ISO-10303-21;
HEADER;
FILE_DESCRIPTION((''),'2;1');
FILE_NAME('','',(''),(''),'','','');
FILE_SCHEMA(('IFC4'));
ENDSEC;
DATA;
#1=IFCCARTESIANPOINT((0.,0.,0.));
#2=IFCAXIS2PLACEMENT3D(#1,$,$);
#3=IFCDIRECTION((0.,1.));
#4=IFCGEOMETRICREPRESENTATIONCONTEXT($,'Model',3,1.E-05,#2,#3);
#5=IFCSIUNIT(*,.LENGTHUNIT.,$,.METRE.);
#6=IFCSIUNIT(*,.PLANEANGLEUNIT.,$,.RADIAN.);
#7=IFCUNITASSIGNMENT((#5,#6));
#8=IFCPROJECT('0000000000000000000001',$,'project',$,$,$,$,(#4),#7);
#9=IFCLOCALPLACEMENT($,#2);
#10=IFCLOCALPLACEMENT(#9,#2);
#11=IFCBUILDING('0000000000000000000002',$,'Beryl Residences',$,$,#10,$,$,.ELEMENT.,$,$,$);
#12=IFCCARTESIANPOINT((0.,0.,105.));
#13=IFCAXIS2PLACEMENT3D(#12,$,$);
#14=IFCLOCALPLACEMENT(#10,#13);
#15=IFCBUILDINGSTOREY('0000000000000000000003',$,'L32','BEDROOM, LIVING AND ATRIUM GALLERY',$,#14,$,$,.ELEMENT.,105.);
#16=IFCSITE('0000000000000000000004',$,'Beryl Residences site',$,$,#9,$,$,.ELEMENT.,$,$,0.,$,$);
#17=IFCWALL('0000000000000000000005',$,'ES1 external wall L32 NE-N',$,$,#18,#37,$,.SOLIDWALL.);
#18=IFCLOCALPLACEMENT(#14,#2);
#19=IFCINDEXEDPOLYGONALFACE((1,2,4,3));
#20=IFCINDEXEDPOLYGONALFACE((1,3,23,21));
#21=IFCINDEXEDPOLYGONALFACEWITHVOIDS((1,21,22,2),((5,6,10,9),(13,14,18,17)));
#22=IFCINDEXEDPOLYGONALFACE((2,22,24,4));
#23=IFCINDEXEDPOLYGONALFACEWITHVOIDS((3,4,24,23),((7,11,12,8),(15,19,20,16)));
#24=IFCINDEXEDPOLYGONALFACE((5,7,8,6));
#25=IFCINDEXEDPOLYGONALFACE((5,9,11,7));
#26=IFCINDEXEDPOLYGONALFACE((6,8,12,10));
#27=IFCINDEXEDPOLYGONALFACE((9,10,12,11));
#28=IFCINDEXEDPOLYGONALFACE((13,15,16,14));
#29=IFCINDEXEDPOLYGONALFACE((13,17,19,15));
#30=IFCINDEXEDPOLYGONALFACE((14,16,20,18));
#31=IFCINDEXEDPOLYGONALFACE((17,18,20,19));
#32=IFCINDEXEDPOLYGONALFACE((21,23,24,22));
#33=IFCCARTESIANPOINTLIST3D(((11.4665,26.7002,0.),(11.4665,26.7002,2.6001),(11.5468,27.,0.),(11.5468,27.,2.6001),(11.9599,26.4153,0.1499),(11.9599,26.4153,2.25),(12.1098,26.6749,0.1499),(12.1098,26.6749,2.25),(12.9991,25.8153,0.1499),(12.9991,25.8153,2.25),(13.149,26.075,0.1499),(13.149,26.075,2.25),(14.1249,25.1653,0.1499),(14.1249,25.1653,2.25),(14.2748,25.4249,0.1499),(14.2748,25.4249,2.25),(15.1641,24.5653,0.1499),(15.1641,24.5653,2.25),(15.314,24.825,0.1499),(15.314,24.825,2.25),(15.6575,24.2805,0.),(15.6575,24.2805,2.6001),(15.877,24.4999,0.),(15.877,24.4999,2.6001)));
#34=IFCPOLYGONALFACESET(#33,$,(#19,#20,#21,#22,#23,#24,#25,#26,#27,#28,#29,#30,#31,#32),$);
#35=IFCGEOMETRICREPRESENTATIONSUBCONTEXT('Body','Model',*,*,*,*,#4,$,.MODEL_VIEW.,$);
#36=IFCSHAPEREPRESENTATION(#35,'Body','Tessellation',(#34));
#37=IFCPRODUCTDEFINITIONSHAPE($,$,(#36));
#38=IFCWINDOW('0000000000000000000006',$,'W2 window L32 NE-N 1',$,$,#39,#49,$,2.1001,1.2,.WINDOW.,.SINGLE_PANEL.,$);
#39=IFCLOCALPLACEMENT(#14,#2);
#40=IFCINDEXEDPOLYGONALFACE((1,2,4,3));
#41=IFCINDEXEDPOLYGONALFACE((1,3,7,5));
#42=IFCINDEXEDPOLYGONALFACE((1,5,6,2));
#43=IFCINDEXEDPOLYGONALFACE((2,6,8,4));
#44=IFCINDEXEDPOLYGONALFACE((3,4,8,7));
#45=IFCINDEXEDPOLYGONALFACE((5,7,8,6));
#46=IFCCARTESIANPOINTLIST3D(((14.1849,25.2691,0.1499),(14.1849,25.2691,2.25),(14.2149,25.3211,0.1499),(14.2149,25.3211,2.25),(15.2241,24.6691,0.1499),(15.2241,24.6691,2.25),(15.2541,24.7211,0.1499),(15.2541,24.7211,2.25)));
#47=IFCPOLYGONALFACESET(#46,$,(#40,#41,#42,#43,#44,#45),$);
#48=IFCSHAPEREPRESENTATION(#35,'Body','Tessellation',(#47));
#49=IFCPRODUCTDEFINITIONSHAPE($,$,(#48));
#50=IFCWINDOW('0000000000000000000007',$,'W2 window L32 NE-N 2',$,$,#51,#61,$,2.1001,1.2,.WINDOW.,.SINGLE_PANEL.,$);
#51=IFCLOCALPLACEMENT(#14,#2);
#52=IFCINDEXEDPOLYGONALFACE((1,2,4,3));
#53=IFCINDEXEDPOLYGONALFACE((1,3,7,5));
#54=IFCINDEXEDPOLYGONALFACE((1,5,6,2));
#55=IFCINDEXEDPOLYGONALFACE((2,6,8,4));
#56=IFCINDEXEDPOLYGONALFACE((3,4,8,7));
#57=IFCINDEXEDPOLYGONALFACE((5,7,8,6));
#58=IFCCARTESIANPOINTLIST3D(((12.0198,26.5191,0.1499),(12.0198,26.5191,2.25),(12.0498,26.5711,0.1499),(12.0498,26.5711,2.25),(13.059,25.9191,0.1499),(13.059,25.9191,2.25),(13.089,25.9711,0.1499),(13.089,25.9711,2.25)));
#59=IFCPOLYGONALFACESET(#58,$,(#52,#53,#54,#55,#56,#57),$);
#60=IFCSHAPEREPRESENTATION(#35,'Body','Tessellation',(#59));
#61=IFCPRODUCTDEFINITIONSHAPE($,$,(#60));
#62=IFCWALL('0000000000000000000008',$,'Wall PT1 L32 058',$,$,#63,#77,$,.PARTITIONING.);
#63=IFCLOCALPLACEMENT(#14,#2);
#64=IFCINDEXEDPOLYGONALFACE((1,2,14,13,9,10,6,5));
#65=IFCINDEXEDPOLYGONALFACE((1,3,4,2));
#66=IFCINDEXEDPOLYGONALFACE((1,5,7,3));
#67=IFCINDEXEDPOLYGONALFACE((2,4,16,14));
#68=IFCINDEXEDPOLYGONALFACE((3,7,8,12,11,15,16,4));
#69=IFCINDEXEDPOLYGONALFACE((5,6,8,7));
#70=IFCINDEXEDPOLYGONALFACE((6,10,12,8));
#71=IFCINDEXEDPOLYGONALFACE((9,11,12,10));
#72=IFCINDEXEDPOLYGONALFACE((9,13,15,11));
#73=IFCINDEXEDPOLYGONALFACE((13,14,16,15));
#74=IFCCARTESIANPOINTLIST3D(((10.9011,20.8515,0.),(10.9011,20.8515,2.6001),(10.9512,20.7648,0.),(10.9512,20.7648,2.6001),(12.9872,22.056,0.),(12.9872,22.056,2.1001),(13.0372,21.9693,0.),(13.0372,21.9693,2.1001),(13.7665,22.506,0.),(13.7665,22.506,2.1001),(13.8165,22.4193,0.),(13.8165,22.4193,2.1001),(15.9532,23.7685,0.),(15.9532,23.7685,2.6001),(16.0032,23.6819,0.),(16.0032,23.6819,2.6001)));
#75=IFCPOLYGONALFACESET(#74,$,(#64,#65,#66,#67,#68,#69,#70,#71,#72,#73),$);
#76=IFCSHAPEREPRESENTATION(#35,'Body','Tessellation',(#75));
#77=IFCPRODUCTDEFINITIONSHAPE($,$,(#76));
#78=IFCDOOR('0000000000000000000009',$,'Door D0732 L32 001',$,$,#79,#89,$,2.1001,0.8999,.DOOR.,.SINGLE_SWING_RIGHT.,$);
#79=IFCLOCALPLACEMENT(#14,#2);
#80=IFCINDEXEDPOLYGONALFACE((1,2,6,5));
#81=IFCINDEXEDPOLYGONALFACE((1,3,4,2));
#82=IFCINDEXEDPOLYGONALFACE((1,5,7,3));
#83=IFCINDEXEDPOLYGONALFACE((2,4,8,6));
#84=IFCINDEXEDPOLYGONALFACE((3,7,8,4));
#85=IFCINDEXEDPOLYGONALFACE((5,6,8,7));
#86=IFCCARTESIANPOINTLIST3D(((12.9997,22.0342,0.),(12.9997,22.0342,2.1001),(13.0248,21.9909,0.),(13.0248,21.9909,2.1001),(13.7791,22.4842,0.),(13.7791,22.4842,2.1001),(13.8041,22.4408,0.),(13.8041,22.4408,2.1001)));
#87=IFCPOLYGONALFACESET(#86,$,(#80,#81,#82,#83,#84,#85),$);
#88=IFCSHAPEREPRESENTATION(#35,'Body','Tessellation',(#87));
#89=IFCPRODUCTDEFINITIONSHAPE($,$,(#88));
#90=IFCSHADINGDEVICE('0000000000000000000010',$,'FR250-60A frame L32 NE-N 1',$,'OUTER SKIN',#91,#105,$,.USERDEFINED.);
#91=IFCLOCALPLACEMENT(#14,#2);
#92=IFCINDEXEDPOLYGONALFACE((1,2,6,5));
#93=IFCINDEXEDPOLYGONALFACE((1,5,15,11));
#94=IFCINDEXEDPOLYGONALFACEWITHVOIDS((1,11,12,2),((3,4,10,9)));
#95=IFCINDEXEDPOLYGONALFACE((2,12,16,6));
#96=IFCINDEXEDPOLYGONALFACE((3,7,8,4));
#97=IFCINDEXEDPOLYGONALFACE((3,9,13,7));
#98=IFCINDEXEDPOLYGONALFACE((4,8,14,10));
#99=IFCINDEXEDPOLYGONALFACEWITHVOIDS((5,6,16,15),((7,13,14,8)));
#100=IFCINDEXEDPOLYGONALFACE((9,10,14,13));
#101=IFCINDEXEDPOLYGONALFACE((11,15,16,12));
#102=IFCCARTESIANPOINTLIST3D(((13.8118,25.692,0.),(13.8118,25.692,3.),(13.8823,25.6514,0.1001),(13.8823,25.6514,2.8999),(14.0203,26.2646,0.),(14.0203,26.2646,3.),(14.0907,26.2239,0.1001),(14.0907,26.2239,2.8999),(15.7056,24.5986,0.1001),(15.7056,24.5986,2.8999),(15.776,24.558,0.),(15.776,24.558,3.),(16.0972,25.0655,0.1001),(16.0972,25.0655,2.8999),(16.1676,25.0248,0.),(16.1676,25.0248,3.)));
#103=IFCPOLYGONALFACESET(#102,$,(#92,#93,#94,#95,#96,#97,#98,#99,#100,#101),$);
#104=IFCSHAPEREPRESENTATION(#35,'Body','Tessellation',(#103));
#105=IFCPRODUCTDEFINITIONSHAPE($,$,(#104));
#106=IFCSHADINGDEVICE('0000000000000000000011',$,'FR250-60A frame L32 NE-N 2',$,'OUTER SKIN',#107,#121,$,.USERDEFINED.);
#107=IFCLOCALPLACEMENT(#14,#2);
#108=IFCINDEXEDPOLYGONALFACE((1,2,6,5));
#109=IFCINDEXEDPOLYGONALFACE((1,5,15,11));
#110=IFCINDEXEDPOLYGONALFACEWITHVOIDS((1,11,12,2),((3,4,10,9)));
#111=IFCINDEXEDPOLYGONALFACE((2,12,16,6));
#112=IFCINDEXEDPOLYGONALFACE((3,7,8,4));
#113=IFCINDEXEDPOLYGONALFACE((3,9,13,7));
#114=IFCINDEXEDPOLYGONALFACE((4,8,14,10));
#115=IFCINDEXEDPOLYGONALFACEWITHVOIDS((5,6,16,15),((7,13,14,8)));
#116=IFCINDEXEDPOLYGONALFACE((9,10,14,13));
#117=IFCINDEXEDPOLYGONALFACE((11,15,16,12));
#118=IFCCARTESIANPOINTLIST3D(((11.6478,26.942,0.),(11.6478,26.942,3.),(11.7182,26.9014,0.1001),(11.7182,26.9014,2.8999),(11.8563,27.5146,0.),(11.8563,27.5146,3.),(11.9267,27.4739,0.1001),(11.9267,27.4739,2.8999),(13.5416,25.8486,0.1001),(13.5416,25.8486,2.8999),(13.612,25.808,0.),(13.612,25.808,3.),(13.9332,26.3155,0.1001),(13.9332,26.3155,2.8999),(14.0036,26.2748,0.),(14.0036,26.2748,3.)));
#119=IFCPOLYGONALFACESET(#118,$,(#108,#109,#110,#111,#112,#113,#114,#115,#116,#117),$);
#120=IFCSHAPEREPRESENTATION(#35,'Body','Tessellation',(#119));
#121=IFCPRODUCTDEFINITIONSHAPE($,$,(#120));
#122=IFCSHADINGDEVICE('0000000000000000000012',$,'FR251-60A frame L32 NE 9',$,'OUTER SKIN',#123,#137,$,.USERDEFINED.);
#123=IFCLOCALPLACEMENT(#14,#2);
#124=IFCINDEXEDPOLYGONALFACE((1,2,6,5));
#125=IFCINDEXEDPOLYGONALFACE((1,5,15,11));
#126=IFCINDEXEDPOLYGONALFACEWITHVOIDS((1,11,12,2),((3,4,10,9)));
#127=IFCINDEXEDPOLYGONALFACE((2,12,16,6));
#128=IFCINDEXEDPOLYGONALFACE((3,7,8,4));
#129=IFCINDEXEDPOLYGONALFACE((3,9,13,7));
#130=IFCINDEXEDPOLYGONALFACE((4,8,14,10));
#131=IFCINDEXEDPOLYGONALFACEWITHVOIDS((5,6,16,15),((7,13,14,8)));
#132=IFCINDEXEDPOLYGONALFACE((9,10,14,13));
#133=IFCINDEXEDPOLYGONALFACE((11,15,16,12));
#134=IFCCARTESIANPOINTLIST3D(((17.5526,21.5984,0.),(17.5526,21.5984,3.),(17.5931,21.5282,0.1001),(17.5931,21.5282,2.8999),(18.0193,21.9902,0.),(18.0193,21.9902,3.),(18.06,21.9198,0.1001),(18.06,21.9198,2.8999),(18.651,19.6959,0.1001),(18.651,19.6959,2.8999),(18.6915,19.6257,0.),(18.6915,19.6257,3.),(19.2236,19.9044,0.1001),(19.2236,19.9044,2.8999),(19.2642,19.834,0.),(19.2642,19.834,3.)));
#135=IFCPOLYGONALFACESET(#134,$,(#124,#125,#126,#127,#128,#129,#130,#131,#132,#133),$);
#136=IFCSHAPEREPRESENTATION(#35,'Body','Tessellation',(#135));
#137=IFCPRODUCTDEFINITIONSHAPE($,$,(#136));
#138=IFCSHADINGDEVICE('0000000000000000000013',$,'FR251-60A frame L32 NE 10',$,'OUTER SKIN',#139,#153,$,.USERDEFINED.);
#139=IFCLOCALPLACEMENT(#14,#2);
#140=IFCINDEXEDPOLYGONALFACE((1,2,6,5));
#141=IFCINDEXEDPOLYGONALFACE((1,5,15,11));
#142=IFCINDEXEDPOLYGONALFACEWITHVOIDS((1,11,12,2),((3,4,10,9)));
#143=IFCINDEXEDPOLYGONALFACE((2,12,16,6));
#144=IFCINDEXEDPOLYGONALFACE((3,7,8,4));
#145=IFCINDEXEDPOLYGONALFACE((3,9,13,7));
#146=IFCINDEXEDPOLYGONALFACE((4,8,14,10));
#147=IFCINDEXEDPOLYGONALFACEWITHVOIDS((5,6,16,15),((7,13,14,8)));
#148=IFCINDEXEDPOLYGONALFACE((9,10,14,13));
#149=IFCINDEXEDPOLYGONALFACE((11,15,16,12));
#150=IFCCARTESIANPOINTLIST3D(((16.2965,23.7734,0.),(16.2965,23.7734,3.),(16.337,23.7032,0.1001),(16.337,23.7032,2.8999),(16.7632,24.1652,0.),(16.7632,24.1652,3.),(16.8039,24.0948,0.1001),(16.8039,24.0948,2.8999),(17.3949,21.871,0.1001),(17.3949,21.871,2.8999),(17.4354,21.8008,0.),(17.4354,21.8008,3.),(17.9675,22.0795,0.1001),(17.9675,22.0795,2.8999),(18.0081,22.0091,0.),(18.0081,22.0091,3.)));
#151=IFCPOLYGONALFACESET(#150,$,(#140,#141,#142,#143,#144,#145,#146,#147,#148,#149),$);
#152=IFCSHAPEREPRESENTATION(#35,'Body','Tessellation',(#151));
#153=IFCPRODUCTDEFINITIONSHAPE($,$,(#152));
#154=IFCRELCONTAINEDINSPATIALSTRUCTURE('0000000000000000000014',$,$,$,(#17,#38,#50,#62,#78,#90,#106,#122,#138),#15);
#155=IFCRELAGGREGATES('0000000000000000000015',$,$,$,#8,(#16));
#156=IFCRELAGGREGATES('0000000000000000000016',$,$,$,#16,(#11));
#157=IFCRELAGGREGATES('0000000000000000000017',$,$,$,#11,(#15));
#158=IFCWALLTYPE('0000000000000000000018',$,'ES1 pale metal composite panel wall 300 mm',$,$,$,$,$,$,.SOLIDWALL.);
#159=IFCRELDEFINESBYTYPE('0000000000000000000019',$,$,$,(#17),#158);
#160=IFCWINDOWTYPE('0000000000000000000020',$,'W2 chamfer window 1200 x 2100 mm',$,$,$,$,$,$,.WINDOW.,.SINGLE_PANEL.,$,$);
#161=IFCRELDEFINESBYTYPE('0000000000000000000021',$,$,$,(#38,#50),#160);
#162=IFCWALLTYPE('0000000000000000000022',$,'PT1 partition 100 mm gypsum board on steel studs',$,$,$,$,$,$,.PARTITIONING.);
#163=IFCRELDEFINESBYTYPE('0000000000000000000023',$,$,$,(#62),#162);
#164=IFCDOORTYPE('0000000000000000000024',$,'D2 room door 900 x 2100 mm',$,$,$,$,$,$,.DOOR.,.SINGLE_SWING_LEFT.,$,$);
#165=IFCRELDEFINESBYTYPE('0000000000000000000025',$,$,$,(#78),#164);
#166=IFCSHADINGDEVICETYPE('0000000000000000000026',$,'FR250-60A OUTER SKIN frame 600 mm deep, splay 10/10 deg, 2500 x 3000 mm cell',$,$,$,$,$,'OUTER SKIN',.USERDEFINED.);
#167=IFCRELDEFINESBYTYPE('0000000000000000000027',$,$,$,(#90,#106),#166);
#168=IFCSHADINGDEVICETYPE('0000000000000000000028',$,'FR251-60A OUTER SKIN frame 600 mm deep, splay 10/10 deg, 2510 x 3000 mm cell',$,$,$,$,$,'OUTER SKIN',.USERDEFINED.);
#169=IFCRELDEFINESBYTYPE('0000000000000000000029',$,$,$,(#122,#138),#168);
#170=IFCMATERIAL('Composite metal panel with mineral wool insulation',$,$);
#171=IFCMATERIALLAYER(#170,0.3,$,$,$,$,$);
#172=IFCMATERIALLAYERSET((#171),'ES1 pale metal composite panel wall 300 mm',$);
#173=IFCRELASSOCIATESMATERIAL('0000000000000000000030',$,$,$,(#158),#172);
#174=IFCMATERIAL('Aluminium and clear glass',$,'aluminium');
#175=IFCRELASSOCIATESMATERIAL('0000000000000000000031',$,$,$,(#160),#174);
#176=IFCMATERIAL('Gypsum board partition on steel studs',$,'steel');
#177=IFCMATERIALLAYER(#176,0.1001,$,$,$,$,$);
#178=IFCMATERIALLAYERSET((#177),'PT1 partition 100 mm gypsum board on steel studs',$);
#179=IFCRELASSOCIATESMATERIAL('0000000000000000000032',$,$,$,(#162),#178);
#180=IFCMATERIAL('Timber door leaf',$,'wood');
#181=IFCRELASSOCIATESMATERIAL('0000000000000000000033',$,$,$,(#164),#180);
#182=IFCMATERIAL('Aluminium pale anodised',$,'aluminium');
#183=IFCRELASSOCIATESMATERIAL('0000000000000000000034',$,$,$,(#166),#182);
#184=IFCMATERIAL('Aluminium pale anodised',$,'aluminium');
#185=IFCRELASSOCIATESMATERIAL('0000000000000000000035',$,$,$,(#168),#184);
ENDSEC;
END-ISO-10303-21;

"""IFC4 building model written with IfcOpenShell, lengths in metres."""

from ifc_helpers import new_model, entity, si_unit, direction, frame, frame_2d, origin, place, context, subcontext, project, spatial, polyline, rectangle, outline, extrude, source, transform, mapped, material, layer, layer_set, type_object, type_shapes, element, fill, save


model = new_model("IFC4")

# Units and contexts
model_context = context("Model", 3, precision=1e-05, world=origin(), true_north=direction((0.0, 1.0)))
body_context = subcontext(model_context, "Body", "Model", "MODEL_VIEW")
ifc_project = project(units=[si_unit("LENGTHUNIT", "METRE"), si_unit("PLANEANGLEUNIT", "RADIAN")], contexts=[model_context])

# Site, building, storey
site_placement = place(None, origin())
site = spatial("IfcSite", under=ifc_project, at=site_placement, Name="Beryl Residences site", CompositionType="ELEMENT", RefElevation=0.0)
building_placement = place(site_placement, origin())
building = spatial("IfcBuilding", under=site, at=building_placement, Name="Beryl Residences", CompositionType="ELEMENT")
storey_placement = place(building_placement, frame((0.0, 0.0, 105.0)))
storey = spatial("IfcBuildingStorey", under=building, at=storey_placement, Name="L32", Description="BEDROOM, LIVING AND ATRIUM GALLERY", CompositionType="ELEMENT", Elevation=105.0)

# Wall, openings, windows
ifc_material_1 = material(Name="Composite metal panel with mineral wool insulation")
ifc_layer_1 = layer(ifc_material_1, 0.3)
ifc_layer_set_1 = layer_set([ifc_layer_1], Name="ES1 pale metal composite panel wall 300 mm")
wall_type_1 = type_object("IfcWallType", Name="ES1 pale metal composite panel wall 300 mm", PredefinedType="SOLIDWALL", material=ifc_layer_set_1)
wall_1_placement = place(storey_placement, frame((15.802, 24.3701, 0.0), z_axis=(0.0, 0.0, 1.0), x_axis=(-0.866023, 0.500004, 0.0)))
wall_1 = element("IfcWall", 1, at=wall_1_placement, inside=storey, type_object=wall_type_1, Name="ES1 external wall L32 NE-N", PredefinedType="SOLIDWALL", context=body_context, shape_type="SweptSolid", body=[
    extrude(outline(polyline([(0.0, -0.1499), (5.0, -0.1499), (4.9197, 0.1499), (0.0803, 0.1499), (0.0, -0.1499)])), origin(), (0.0, 0.0, 1.0), 2.6001),
])
opening_1_placement = place(wall_1_placement, frame((0.6499, 0.0, 0.1499)))
opening_1 = element("IfcOpeningElement", 2, at=opening_1_placement, cuts=wall_1, PredefinedType="OPENING", context=body_context, shape_type="SweptSolid", body=[
    extrude(rectangle(XDim=1.2, YDim=2.1001, at=frame_2d((0.6001, 1.05))), frame((0.0, 0.1599, 0.0), z_axis=(0.0, -1.0, 0.0), x_axis=(1.0, 0.0, 0.0)), (0.0, 0.0, 1.0), 0.3201),
])
opening_2_placement = place(wall_1_placement, frame((3.1499, 0.0, 0.1499)))
opening_2 = element("IfcOpeningElement", 3, at=opening_2_placement, cuts=wall_1, PredefinedType="OPENING", context=body_context, shape_type="SweptSolid", body=[
    extrude(rectangle(XDim=1.2, YDim=2.1001, at=frame_2d((0.6001, 1.05))), frame((0.0, 0.1599, 0.0), z_axis=(0.0, -1.0, 0.0), x_axis=(1.0, 0.0, 0.0)), (0.0, 0.0, 1.0), 0.3201),
])
ifc_material_2 = material(Name="Aluminium and clear glass", Category="aluminium")
window_type_1 = type_object("IfcWindowType", Name="W2 chamfer window 1200 x 2100 mm", PartitioningType="SINGLE_PANEL", PredefinedType="WINDOW", material=ifc_material_2)
window_1_placement = place(opening_1_placement, origin())
window_1 = element("IfcWindow", 4, at=window_1_placement, inside=storey, type_object=window_type_1, Name="W2 window L32 NE-N 1", OverallHeight=2.1001, OverallWidth=1.2, PartitioningType="SINGLE_PANEL", PredefinedType="WINDOW", context=body_context, shape_type="SweptSolid", body=[
    extrude(rectangle(XDim=1.2, YDim=2.1001, at=frame_2d((0.6001, 1.05))), frame((0.0, 0.03, 0.0), z_axis=(0.0, -1.0, 0.0), x_axis=(1.0, 0.0, 0.0)), (0.0, 0.0, 1.0), 0.0601),
])
fill(opening_1, window_1)
window_2_placement = place(opening_2_placement, origin())
window_2 = element("IfcWindow", 5, at=window_2_placement, inside=storey, type_object=window_type_1, Name="W2 window L32 NE-N 2", OverallHeight=2.1001, OverallWidth=1.2, PartitioningType="SINGLE_PANEL", PredefinedType="WINDOW", context=body_context, shape_type="SweptSolid", body=[
    extrude(rectangle(XDim=1.2, YDim=2.1001, at=frame_2d((0.6001, 1.05))), frame((0.0, 0.03, 0.0), z_axis=(0.0, -1.0, 0.0), x_axis=(1.0, 0.0, 0.0)), (0.0, 0.0, 1.0), 0.0601),
])
fill(opening_2, window_2)

# Wall, opening, door
ifc_material_3 = material(Name="Gypsum board partition on steel studs", Category="steel")
ifc_layer_2 = layer(ifc_material_3, 0.1001)
ifc_layer_set_2 = layer_set([ifc_layer_2], Name="PT1 partition 100 mm gypsum board on steel studs")
wall_type_2 = type_object("IfcWallType", Name="PT1 partition 100 mm gypsum board on steel studs", PredefinedType="PARTITIONING", material=ifc_layer_set_2)
wall_2_placement = place(storey_placement, frame((10.926, 20.8081, 0.0), z_axis=(0.0, 0.0, 1.0), x_axis=(0.866009, 0.500028, 0.0)))
wall_2 = element("IfcWall", 6, at=wall_2_placement, inside=storey, type_object=wall_type_2, Name="Wall PT1 L32 058", PredefinedType="PARTITIONING", context=body_context, shape_type="SweptSolid", body=[
    extrude(rectangle(XDim=5.8337, YDim=0.1001, at=frame_2d((2.917, 0.0))), origin(), (0.0, 0.0, 1.0), 2.6001),
])
opening_3_placement = place(wall_2_placement, frame((2.4089, 0.0, 0.0)))
opening_3 = element("IfcOpeningElement", 7, at=opening_3_placement, cuts=wall_2, PredefinedType="OPENING", context=body_context, shape_type="SweptSolid", body=[
    extrude(rectangle(XDim=0.8999, YDim=2.1001, at=frame_2d((0.45, 1.05))), frame((0.0, 0.0601, 0.0), z_axis=(0.0, -1.0, 0.0), x_axis=(1.0, 0.0, 0.0)), (0.0, 0.0, 1.0), 0.1201),
])
ifc_material_4 = material(Name="Timber door leaf", Category="wood")
door_type = type_object("IfcDoorType", Name="D2 room door 900 x 2100 mm", OperationType="SINGLE_SWING_LEFT", PredefinedType="DOOR", material=ifc_material_4)
door_placement = place(opening_3_placement, origin())
door = element("IfcDoor", 8, at=door_placement, inside=storey, type_object=door_type, Name="Door D0732 L32 001", OperationType="SINGLE_SWING_RIGHT", OverallHeight=2.1001, OverallWidth=0.8999, PredefinedType="DOOR", context=body_context, shape_type="SweptSolid", body=[
    extrude(rectangle(XDim=0.8999, YDim=2.1001, at=frame_2d((0.45, 1.05))), frame((0.0, 0.0249, 0.0), z_axis=(0.0, -1.0, 0.0), x_axis=(1.0, 0.0, 0.0)), (0.0, 0.0, 1.0), 0.05),
])
fill(opening_3, door)

# Shading devices
ifc_material_5 = material(Name="Aluminium pale anodised", Category="aluminium")
shading_device_type_1 = type_object("IfcShadingDeviceType", Name="FR250-60A OUTER SKIN frame 600 mm deep, splay 10/10 deg, 2500 x 3000 mm cell", ElementType="OUTER SKIN", PredefinedType="USERDEFINED", material=ifc_material_5)
cartesian_point_1 = entity("IfcCartesianPoint", [-1.134, 0.0])
cartesian_point_2 = entity("IfcCartesianPoint", [-1.0527, 0.1001])
cartesian_point_3 = entity("IfcCartesianPoint", [-1.2397, 0.0])
cartesian_point_4 = entity("IfcCartesianPoint", [-1.1584, 0.1001])
shared_shape_1 = source(origin(), body_context, "Body", "SweptSolid", [
    entity("IfcExtrudedAreaSolidTapered", entity("IfcArbitraryProfileDefWithVoids", "AREA", None, entity("IfcPolyline", [cartesian_point_1, entity("IfcCartesianPoint", [1.134, 0.0]), entity("IfcCartesianPoint", [1.134, 3.0]), entity("IfcCartesianPoint", [-1.134, 3.0]), cartesian_point_1]), [entity("IfcPolyline", [cartesian_point_2, entity("IfcCartesianPoint", [1.0527, 0.1001]), entity("IfcCartesianPoint", [1.0527, 2.8999]), entity("IfcCartesianPoint", [-1.0527, 2.8999]), cartesian_point_2])]), entity("IfcAxis2Placement3D", entity("IfcCartesianPoint", [0.0, 0.0, 0.0]), entity("IfcDirection", [0.0, 1.0, 0.0]), entity("IfcDirection", [-1.0, 0.0, 0.0])), entity("IfcDirection", [0.0, 0.0, 1.0]), 0.6001, entity("IfcArbitraryProfileDefWithVoids", "AREA", None, entity("IfcPolyline", [cartesian_point_3, entity("IfcCartesianPoint", [1.2397, 0.0]), entity("IfcCartesianPoint", [1.2397, 3.0]), entity("IfcCartesianPoint", [-1.2397, 3.0]), cartesian_point_3]), [entity("IfcPolyline", [cartesian_point_4, entity("IfcCartesianPoint", [1.1584, 0.1001]), entity("IfcCartesianPoint", [1.1584, 2.8999]), entity("IfcCartesianPoint", [-1.1584, 2.8999]), cartesian_point_4])])),
])
type_shapes(shading_device_type_1, [shared_shape_1])
for number, where, z_axis, x_axis, name in (
    (9, (14.7939, 25.125, 0.0), (0.0, 0.0, 1.0), (0.866025, -0.5, 0.0), "FR250-60A frame L32 NE-N 1"),
    (10, (12.6299, 26.375, 0.0), (0.0, 0.0, 1.0), (0.866025, -0.5, 0.0), "FR250-60A frame L32 NE-N 2"),
):
    element("IfcShadingDevice", number, at=place(storey_placement, frame(where, z_axis=z_axis, x_axis=x_axis)), inside=storey, type_object=shading_device_type_1, Name=name, ObjectType="OUTER SKIN", PredefinedType="USERDEFINED", context=body_context, shape_type="MappedRepresentation", body=[
        mapped(shared_shape_1, transform((0.0, 0.0, 0.0))),
    ])
ifc_material_6 = material(Name="Aluminium pale anodised", Category="aluminium")
shading_device_type_2 = type_object("IfcShadingDeviceType", Name="FR251-60A OUTER SKIN frame 600 mm deep, splay 10/10 deg, 2510 x 3000 mm cell", ElementType="OUTER SKIN", PredefinedType="USERDEFINED", material=ifc_material_6)
cartesian_point_5 = entity("IfcCartesianPoint", [-1.1389, 0.0])
cartesian_point_6 = entity("IfcCartesianPoint", [-1.0579, 0.1001])
cartesian_point_7 = entity("IfcCartesianPoint", [-1.2449, 0.0])
cartesian_point_8 = entity("IfcCartesianPoint", [-1.1636, 0.1001])
shared_shape_2 = source(origin(), body_context, "Body", "SweptSolid", [
    entity("IfcExtrudedAreaSolidTapered", entity("IfcArbitraryProfileDefWithVoids", "AREA", None, entity("IfcPolyline", [cartesian_point_5, entity("IfcCartesianPoint", [1.1389, 0.0]), entity("IfcCartesianPoint", [1.1389, 3.0]), entity("IfcCartesianPoint", [-1.1389, 3.0]), cartesian_point_5]), [entity("IfcPolyline", [cartesian_point_6, entity("IfcCartesianPoint", [1.0579, 0.1001]), entity("IfcCartesianPoint", [1.0579, 2.8999]), entity("IfcCartesianPoint", [-1.0579, 2.8999]), cartesian_point_6])]), entity("IfcAxis2Placement3D", entity("IfcCartesianPoint", [0.0, 0.0, 0.0]), entity("IfcDirection", [0.0, 1.0, 0.0]), entity("IfcDirection", [-1.0, 0.0, 0.0])), entity("IfcDirection", [0.0, 0.0, 1.0]), 0.6001, entity("IfcArbitraryProfileDefWithVoids", "AREA", None, entity("IfcPolyline", [cartesian_point_7, entity("IfcCartesianPoint", [1.2449, 0.0]), entity("IfcCartesianPoint", [1.2449, 3.0]), entity("IfcCartesianPoint", [-1.2449, 3.0]), cartesian_point_7]), [entity("IfcPolyline", [cartesian_point_8, entity("IfcCartesianPoint", [1.1636, 0.1001]), entity("IfcCartesianPoint", [1.1636, 2.8999]), entity("IfcCartesianPoint", [-1.1636, 2.8999]), cartesian_point_8])])),
])
type_shapes(shading_device_type_2, [shared_shape_2])
for number, where, z_axis, x_axis, name in (
    (11, (18.1221, 20.6121, 0.0), (0.0, 0.0, 1.0), (0.5, -0.866025, 0.0), "FR251-60A frame L32 NE 9"),
    (12, (16.866, 22.7871, 0.0), (0.0, 0.0, 1.0), (0.5, -0.866025, 0.0), "FR251-60A frame L32 NE 10"),
):
    element("IfcShadingDevice", number, at=place(storey_placement, frame(where, z_axis=z_axis, x_axis=x_axis)), inside=storey, type_object=shading_device_type_2, Name=name, ObjectType="OUTER SKIN", PredefinedType="USERDEFINED", context=body_context, shape_type="MappedRepresentation", body=[
        mapped(shared_shape_2, transform((0.0, 0.0, 0.0))),
    ])

save(model, "model.ifc")
